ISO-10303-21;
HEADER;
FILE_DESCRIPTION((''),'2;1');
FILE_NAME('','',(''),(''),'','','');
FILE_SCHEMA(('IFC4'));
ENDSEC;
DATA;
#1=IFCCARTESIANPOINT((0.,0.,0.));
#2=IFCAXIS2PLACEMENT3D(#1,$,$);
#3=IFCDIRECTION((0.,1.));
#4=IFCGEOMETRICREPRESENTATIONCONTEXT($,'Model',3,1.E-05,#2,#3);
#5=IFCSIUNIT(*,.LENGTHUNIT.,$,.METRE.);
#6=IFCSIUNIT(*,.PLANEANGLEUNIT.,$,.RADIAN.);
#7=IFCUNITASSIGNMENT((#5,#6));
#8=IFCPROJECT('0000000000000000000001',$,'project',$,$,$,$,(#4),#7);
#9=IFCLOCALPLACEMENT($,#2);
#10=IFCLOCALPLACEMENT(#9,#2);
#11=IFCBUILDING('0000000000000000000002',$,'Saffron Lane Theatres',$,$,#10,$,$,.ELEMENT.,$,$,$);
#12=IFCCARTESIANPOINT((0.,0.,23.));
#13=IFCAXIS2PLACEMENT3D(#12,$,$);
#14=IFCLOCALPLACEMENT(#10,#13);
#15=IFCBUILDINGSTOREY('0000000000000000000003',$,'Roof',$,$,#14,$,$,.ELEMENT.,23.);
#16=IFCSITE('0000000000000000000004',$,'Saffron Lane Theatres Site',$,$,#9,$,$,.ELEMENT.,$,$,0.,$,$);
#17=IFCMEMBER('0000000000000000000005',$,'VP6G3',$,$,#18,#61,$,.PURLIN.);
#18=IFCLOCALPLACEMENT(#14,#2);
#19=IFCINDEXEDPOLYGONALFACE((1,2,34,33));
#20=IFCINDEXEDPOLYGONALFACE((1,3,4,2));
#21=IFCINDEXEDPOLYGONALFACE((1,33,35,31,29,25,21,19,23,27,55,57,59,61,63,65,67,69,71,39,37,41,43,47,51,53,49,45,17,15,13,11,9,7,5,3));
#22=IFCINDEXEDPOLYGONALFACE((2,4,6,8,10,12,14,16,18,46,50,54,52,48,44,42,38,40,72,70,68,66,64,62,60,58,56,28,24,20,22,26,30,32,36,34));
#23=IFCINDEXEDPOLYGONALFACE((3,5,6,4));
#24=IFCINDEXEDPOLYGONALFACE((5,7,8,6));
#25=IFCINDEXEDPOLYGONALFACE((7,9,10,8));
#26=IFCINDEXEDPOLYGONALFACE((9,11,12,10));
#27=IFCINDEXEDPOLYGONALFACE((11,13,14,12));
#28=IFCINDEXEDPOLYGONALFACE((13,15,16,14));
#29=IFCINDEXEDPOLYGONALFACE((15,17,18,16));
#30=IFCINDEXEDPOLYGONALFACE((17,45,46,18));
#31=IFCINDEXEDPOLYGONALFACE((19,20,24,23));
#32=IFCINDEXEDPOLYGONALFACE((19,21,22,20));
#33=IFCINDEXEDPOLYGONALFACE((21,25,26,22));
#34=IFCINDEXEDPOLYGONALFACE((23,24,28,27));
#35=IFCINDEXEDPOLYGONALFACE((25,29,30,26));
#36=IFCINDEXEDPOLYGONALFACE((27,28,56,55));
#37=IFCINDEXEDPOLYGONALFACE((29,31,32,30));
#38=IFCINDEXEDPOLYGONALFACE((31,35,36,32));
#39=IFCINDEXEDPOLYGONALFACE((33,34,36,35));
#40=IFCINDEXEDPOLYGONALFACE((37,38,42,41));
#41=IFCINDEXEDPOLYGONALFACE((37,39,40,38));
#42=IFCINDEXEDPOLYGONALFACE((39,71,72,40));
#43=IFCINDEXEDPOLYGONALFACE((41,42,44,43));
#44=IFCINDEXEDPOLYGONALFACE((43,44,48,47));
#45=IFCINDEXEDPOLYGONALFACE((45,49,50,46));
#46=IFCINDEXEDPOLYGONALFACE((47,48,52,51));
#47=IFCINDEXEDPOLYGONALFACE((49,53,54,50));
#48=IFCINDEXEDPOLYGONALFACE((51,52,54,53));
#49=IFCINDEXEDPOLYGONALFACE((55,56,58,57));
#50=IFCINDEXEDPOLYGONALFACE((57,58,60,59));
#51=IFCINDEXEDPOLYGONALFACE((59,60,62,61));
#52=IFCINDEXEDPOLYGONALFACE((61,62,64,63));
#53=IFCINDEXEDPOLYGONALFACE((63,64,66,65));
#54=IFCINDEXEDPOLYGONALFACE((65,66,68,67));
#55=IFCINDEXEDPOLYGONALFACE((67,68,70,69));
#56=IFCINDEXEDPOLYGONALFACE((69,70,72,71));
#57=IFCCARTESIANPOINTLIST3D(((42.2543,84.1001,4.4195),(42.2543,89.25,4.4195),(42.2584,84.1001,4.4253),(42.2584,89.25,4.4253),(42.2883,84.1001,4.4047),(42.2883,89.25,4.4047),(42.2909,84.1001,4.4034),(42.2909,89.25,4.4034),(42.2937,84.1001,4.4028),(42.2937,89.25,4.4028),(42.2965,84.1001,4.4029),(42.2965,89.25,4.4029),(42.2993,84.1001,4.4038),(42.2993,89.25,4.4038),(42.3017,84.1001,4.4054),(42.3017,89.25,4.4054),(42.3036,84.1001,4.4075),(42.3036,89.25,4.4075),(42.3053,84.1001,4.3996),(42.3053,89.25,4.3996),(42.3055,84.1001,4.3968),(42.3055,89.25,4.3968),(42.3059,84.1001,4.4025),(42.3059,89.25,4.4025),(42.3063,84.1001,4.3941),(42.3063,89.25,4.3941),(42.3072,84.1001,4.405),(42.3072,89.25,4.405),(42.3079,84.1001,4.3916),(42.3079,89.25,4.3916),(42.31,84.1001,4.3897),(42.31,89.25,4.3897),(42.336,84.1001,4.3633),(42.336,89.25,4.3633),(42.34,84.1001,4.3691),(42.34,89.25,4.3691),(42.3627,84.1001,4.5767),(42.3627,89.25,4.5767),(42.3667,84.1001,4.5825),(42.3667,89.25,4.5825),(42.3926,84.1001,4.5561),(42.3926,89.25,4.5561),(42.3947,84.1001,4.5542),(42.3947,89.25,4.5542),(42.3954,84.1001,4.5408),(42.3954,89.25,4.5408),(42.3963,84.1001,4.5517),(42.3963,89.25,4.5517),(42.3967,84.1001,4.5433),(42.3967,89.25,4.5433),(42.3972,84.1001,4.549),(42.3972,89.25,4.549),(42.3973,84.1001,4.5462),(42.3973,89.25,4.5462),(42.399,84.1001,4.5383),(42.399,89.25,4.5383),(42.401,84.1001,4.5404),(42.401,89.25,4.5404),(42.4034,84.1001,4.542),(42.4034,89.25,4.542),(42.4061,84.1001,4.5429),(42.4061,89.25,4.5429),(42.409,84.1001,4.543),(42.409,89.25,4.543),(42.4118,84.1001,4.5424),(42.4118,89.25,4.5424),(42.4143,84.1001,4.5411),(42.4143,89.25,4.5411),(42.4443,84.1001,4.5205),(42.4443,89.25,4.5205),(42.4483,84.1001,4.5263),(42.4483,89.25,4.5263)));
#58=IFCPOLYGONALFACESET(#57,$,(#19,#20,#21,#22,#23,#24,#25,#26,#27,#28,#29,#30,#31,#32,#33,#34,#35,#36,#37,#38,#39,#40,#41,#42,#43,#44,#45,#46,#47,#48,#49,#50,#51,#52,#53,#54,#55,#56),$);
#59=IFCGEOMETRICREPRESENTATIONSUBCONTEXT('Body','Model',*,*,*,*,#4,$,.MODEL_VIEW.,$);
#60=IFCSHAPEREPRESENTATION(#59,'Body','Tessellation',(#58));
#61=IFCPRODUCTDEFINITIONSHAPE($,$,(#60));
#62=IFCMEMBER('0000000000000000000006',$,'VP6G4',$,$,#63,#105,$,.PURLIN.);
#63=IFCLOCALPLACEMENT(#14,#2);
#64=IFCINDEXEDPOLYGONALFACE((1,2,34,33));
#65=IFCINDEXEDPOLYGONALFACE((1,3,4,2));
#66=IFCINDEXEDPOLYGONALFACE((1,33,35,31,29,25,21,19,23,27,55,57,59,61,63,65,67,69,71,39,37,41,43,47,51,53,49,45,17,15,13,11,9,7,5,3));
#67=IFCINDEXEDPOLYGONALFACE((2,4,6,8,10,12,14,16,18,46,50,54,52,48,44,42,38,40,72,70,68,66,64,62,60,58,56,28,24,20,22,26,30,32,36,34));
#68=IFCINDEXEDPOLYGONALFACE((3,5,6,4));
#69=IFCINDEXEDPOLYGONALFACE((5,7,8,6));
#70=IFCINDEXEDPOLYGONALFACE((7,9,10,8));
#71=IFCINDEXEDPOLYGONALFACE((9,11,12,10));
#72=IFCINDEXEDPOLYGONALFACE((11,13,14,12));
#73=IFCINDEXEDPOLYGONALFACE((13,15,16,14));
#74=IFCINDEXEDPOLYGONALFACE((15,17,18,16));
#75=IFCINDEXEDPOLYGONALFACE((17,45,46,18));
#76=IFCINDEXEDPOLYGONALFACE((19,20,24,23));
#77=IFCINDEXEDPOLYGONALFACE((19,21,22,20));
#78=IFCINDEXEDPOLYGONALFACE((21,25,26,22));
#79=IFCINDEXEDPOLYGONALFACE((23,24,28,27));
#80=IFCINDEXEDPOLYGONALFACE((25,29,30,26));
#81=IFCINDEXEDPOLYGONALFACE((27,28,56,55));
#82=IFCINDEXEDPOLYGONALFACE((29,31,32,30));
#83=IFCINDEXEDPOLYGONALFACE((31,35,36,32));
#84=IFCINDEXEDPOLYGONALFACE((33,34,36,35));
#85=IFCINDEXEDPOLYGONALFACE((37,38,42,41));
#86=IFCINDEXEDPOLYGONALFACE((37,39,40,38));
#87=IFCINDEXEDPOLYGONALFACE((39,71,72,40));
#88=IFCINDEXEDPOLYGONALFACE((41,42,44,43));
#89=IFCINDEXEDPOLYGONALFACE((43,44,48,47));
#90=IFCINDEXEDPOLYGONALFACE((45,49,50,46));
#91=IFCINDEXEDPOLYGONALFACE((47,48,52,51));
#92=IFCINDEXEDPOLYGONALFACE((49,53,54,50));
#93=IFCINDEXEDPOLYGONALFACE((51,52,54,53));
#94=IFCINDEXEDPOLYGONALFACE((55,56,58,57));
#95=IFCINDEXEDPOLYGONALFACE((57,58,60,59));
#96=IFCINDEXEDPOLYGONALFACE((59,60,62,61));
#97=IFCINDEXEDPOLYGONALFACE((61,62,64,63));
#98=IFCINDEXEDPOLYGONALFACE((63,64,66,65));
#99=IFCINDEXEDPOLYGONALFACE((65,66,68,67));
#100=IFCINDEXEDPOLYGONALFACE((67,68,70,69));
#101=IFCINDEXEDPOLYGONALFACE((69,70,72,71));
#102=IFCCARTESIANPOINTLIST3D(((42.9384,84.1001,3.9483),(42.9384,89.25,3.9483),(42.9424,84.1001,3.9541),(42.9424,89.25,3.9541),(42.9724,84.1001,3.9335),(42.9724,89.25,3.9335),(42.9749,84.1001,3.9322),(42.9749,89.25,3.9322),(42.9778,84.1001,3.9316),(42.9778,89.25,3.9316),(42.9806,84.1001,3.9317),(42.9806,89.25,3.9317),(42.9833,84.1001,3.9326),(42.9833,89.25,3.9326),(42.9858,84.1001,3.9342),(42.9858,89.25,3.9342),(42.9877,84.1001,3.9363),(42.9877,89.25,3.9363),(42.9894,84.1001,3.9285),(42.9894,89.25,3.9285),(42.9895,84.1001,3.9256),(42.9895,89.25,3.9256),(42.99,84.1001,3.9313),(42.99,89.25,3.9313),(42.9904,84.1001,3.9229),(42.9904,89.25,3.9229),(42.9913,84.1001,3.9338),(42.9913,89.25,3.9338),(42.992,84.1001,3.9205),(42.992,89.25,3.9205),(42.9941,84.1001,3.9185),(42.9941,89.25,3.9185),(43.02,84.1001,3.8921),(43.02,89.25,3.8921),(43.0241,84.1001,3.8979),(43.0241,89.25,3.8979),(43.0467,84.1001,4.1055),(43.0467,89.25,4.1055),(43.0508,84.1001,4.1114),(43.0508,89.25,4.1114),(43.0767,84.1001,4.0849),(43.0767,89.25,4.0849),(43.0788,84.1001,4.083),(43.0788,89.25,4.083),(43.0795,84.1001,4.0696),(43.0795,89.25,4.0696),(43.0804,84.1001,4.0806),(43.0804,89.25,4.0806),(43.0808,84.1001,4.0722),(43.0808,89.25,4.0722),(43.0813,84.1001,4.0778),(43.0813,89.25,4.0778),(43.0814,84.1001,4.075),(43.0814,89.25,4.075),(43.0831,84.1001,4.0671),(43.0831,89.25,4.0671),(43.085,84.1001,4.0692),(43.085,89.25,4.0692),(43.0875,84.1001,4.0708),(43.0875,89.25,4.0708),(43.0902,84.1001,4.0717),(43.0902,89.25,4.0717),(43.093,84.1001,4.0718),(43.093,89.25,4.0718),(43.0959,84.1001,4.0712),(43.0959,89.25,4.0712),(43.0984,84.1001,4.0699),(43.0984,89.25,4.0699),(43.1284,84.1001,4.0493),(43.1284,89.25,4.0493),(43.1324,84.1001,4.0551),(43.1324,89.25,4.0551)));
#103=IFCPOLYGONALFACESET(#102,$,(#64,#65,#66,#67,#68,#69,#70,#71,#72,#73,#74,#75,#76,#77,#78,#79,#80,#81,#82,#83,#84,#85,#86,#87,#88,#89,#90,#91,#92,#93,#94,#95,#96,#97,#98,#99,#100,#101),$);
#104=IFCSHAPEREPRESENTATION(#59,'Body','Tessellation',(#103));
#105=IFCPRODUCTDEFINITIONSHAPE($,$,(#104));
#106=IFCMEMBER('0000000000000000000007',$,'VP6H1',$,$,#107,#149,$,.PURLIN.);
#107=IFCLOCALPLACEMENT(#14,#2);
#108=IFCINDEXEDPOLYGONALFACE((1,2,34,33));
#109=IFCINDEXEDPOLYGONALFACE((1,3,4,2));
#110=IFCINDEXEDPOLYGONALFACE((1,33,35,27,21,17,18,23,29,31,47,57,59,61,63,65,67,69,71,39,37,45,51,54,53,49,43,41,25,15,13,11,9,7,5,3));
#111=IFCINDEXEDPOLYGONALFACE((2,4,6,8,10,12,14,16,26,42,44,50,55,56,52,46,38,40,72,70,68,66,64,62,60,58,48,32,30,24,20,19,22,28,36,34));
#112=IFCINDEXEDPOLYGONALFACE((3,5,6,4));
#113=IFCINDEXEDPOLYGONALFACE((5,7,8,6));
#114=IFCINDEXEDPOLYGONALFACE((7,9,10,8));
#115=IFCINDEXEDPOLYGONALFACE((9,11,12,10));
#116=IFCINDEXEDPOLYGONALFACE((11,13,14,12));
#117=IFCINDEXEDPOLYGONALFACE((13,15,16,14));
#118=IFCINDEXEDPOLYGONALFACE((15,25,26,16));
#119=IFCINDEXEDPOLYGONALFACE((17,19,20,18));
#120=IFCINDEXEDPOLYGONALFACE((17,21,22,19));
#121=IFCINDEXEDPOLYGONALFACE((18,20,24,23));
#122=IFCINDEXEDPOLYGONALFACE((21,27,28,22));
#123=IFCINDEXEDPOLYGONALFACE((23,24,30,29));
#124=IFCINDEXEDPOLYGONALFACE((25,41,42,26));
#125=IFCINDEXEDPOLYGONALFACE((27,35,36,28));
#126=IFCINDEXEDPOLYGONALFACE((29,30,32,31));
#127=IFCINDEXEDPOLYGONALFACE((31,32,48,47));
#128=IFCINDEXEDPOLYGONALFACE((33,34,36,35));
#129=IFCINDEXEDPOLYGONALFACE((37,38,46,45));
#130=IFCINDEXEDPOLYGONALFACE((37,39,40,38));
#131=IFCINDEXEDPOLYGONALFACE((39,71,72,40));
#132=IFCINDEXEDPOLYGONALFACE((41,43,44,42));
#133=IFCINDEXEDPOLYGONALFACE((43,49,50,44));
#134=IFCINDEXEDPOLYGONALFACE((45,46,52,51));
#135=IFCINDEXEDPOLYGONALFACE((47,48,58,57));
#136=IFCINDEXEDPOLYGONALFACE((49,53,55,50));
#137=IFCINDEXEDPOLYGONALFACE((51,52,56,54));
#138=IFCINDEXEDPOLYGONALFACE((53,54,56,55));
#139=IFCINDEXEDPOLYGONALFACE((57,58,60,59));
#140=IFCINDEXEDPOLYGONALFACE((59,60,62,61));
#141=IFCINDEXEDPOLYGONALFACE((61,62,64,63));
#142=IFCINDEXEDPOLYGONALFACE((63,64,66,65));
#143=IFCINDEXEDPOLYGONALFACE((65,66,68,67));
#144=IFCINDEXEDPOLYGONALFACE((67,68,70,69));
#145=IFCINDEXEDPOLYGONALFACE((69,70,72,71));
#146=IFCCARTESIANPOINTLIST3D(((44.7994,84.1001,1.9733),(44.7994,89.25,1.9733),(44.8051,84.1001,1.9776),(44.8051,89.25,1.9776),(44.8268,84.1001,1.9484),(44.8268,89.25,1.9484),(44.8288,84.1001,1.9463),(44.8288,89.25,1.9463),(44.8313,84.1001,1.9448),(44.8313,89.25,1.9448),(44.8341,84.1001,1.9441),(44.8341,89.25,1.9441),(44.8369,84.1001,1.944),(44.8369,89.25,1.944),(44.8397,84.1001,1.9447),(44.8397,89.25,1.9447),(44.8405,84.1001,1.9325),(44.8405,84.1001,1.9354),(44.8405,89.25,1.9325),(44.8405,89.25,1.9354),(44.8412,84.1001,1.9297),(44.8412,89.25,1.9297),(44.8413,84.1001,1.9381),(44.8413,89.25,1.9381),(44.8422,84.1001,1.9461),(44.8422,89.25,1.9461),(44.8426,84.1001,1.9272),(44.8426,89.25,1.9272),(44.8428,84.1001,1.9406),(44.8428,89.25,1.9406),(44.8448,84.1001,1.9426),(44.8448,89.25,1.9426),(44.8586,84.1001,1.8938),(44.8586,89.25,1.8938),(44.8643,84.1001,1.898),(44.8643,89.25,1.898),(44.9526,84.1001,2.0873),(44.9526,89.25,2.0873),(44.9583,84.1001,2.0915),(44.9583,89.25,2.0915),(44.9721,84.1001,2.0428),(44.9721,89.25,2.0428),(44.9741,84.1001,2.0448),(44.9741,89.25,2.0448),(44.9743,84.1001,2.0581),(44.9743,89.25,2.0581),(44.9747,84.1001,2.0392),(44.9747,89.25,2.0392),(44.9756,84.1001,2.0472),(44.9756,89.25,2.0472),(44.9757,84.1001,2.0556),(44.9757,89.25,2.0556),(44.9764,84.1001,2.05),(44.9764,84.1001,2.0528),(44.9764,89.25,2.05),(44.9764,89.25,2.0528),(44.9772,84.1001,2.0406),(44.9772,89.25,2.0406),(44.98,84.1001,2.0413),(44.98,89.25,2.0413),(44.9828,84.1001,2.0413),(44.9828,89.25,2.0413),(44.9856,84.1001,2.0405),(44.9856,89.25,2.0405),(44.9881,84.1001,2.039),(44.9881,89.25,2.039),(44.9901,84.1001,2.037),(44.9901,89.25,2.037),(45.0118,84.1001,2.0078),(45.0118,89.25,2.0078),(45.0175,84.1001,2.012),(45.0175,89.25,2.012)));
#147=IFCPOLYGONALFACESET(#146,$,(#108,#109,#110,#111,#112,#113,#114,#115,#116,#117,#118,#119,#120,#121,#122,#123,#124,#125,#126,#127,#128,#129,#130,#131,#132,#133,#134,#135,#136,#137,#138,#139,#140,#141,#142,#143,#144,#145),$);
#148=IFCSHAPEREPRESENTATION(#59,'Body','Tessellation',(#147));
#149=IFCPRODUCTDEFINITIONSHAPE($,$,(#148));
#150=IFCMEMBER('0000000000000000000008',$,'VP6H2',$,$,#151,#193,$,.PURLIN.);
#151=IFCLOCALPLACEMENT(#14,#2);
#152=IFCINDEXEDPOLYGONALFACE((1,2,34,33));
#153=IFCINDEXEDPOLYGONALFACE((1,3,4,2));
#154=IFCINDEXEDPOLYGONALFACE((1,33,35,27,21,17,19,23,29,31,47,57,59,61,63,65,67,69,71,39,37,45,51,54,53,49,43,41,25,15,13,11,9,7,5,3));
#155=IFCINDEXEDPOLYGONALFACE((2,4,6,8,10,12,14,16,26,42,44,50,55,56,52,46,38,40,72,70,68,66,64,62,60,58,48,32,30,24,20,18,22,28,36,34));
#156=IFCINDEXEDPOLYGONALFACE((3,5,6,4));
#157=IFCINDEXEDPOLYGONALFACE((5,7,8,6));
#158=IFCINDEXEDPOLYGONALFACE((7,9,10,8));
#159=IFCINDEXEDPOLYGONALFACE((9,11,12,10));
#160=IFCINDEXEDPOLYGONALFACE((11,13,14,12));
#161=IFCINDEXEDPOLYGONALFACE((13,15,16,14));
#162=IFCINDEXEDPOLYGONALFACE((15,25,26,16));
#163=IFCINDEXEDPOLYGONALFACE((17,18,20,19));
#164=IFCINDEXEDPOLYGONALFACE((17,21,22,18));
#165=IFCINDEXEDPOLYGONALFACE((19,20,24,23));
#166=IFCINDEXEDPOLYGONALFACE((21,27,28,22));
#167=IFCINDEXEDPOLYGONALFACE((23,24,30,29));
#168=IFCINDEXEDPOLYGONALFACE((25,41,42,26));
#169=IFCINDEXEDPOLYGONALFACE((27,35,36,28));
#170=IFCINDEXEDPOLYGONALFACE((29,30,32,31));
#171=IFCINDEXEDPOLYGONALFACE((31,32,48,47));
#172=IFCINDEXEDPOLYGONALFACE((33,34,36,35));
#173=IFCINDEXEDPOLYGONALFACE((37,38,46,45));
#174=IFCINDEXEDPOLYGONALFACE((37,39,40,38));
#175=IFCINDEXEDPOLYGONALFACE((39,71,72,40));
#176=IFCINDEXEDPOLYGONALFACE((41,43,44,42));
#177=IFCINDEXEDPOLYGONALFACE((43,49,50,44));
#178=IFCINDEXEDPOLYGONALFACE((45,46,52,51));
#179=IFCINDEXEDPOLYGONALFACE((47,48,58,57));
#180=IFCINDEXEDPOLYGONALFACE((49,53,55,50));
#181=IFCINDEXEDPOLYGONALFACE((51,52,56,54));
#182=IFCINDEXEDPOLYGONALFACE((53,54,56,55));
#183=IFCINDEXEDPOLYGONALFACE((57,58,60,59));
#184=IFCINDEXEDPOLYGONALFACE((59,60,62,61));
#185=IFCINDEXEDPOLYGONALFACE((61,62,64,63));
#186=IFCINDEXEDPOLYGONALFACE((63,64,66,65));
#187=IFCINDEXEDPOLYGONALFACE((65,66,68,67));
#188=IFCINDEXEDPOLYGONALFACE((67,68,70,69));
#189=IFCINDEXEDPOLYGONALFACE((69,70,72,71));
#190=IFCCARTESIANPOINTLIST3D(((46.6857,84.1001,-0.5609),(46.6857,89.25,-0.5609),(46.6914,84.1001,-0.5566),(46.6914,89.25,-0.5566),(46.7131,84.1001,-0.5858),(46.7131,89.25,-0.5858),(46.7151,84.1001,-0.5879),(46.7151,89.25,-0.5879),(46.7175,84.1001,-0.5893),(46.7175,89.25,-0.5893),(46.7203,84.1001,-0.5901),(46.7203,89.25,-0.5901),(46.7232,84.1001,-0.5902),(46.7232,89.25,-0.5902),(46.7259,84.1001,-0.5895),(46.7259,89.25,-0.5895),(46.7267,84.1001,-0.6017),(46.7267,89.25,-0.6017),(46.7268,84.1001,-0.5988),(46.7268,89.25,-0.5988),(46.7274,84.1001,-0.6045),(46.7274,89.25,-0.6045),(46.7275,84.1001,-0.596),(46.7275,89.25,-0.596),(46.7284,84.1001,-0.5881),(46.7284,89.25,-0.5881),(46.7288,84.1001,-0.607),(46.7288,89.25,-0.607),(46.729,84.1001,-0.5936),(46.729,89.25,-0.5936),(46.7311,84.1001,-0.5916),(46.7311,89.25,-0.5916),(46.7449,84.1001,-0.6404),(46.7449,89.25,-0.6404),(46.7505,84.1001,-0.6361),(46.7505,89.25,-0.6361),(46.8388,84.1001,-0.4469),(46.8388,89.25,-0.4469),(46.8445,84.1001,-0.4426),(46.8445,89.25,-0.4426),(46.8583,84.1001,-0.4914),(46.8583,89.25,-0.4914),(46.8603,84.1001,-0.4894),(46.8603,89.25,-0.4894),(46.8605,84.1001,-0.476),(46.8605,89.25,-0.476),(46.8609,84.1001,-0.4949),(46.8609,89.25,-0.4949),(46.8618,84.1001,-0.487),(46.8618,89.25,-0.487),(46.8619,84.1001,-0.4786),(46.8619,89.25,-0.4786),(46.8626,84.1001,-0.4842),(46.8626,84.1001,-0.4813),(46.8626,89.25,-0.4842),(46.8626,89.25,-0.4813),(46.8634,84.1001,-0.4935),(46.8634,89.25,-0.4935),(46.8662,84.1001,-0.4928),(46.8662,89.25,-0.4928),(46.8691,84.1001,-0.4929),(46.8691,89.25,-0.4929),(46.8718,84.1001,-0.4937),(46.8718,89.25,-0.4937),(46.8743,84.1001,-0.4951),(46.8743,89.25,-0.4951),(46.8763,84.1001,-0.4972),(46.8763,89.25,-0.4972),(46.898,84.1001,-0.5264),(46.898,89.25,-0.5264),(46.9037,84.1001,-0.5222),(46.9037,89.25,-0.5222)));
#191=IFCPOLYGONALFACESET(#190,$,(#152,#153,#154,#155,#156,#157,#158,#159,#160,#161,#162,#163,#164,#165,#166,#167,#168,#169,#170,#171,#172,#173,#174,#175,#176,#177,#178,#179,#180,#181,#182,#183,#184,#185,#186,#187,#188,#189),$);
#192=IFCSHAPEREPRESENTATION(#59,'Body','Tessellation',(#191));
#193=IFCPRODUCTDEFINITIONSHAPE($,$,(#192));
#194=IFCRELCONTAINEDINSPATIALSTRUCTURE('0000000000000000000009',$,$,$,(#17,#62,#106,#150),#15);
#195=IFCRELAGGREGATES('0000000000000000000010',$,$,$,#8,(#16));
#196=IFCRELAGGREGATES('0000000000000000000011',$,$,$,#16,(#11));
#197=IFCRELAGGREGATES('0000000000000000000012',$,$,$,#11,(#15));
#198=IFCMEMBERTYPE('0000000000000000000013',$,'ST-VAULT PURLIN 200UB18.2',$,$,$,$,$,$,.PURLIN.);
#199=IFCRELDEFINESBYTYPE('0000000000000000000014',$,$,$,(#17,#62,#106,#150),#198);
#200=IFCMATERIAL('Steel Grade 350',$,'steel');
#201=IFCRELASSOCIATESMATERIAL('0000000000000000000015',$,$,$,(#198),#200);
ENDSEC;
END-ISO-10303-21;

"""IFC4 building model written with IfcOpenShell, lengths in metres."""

from ifc_helpers import new_model, si_unit, direction, frame, origin, origin_2d, place, context, subcontext, project, spatial, i_section, extrude, material, material_profile, profile_set, type_object, element, save


model = new_model("IFC4")

# Units and contexts
model_context = context("Model", 3, precision=1e-05, world=origin(), true_north=direction((0.0, 1.0)))
body_context = subcontext(model_context, "Body", "Model", "MODEL_VIEW")
ifc_project = project(units=[si_unit("LENGTHUNIT", "METRE"), si_unit("PLANEANGLEUNIT", "RADIAN")], contexts=[model_context])

# Site, building, storey
site_placement = place(None, origin())
site = spatial("IfcSite", under=ifc_project, at=site_placement, Name="Saffron Lane Theatres Site", CompositionType="ELEMENT", RefElevation=0.0)
building_placement = place(site_placement, origin())
building = spatial("IfcBuilding", under=site, at=building_placement, Name="Saffron Lane Theatres", CompositionType="ELEMENT")
storey_placement = place(building_placement, frame((0.0, 0.0, 23.0)))
storey = spatial("IfcBuildingStorey", under=building, at=storey_placement, Name="Roof", CompositionType="ELEMENT", Elevation=23.0)

# Members
ifc_material_1 = material(Name="Steel Grade 350", Category="steel")
ifc_material_profile_1 = material_profile(ifc_material_1, i_section(OverallWidth=0.0991, OverallDepth=0.198, WebThickness=0.0044, FlangeThickness=0.0071, FilletRadius=0.011, at=origin_2d()))
ifc_profile_set_1 = profile_set([ifc_material_profile_1], Name="Steel Grade 350")
member_type_1 = type_object("IfcMemberType", Name="ST-VAULT PURLIN 200UB18.2", PredefinedType="PURLIN", material=ifc_profile_set_1)
for number, where, z_axis, x_axis, name in (
    (1, (42.3513, 84.1001, 4.4729), (0.0, 1.0, 0.0), (0.823487, 0.0, -0.567335), "VP6G3"),
    (2, (43.0354, 84.1001, 4.0017), (0.0, 1.0, 0.0), (0.823487, 0.0, -0.567335), "VP6G4"),
    (3, (44.9084, 84.1001, 1.9927), (0.0, 1.0, 0.0), (0.597069, 0.0, -0.80219), "VP6H1"),
    (4, (46.7947, 84.1001, -0.5415), (0.0, 1.0, 0.0), (0.597069, 0.0, -0.80219), "VP6H2"),
):
    element("IfcMember", number, at=place(storey_placement, frame(where, z_axis=z_axis, x_axis=x_axis)), inside=storey, type_object=member_type_1, Name=name, PredefinedType="PURLIN", context=body_context, shape_type="SweptSolid", body=[
        extrude(i_section(OverallWidth=0.0991, OverallDepth=0.198, WebThickness=0.0044, FlangeThickness=0.0071, FilletRadius=0.011, at=origin_2d()), origin(), (0.0, 0.0, 1.0), 5.1499),
    ])

save(model, "model.ifc")
